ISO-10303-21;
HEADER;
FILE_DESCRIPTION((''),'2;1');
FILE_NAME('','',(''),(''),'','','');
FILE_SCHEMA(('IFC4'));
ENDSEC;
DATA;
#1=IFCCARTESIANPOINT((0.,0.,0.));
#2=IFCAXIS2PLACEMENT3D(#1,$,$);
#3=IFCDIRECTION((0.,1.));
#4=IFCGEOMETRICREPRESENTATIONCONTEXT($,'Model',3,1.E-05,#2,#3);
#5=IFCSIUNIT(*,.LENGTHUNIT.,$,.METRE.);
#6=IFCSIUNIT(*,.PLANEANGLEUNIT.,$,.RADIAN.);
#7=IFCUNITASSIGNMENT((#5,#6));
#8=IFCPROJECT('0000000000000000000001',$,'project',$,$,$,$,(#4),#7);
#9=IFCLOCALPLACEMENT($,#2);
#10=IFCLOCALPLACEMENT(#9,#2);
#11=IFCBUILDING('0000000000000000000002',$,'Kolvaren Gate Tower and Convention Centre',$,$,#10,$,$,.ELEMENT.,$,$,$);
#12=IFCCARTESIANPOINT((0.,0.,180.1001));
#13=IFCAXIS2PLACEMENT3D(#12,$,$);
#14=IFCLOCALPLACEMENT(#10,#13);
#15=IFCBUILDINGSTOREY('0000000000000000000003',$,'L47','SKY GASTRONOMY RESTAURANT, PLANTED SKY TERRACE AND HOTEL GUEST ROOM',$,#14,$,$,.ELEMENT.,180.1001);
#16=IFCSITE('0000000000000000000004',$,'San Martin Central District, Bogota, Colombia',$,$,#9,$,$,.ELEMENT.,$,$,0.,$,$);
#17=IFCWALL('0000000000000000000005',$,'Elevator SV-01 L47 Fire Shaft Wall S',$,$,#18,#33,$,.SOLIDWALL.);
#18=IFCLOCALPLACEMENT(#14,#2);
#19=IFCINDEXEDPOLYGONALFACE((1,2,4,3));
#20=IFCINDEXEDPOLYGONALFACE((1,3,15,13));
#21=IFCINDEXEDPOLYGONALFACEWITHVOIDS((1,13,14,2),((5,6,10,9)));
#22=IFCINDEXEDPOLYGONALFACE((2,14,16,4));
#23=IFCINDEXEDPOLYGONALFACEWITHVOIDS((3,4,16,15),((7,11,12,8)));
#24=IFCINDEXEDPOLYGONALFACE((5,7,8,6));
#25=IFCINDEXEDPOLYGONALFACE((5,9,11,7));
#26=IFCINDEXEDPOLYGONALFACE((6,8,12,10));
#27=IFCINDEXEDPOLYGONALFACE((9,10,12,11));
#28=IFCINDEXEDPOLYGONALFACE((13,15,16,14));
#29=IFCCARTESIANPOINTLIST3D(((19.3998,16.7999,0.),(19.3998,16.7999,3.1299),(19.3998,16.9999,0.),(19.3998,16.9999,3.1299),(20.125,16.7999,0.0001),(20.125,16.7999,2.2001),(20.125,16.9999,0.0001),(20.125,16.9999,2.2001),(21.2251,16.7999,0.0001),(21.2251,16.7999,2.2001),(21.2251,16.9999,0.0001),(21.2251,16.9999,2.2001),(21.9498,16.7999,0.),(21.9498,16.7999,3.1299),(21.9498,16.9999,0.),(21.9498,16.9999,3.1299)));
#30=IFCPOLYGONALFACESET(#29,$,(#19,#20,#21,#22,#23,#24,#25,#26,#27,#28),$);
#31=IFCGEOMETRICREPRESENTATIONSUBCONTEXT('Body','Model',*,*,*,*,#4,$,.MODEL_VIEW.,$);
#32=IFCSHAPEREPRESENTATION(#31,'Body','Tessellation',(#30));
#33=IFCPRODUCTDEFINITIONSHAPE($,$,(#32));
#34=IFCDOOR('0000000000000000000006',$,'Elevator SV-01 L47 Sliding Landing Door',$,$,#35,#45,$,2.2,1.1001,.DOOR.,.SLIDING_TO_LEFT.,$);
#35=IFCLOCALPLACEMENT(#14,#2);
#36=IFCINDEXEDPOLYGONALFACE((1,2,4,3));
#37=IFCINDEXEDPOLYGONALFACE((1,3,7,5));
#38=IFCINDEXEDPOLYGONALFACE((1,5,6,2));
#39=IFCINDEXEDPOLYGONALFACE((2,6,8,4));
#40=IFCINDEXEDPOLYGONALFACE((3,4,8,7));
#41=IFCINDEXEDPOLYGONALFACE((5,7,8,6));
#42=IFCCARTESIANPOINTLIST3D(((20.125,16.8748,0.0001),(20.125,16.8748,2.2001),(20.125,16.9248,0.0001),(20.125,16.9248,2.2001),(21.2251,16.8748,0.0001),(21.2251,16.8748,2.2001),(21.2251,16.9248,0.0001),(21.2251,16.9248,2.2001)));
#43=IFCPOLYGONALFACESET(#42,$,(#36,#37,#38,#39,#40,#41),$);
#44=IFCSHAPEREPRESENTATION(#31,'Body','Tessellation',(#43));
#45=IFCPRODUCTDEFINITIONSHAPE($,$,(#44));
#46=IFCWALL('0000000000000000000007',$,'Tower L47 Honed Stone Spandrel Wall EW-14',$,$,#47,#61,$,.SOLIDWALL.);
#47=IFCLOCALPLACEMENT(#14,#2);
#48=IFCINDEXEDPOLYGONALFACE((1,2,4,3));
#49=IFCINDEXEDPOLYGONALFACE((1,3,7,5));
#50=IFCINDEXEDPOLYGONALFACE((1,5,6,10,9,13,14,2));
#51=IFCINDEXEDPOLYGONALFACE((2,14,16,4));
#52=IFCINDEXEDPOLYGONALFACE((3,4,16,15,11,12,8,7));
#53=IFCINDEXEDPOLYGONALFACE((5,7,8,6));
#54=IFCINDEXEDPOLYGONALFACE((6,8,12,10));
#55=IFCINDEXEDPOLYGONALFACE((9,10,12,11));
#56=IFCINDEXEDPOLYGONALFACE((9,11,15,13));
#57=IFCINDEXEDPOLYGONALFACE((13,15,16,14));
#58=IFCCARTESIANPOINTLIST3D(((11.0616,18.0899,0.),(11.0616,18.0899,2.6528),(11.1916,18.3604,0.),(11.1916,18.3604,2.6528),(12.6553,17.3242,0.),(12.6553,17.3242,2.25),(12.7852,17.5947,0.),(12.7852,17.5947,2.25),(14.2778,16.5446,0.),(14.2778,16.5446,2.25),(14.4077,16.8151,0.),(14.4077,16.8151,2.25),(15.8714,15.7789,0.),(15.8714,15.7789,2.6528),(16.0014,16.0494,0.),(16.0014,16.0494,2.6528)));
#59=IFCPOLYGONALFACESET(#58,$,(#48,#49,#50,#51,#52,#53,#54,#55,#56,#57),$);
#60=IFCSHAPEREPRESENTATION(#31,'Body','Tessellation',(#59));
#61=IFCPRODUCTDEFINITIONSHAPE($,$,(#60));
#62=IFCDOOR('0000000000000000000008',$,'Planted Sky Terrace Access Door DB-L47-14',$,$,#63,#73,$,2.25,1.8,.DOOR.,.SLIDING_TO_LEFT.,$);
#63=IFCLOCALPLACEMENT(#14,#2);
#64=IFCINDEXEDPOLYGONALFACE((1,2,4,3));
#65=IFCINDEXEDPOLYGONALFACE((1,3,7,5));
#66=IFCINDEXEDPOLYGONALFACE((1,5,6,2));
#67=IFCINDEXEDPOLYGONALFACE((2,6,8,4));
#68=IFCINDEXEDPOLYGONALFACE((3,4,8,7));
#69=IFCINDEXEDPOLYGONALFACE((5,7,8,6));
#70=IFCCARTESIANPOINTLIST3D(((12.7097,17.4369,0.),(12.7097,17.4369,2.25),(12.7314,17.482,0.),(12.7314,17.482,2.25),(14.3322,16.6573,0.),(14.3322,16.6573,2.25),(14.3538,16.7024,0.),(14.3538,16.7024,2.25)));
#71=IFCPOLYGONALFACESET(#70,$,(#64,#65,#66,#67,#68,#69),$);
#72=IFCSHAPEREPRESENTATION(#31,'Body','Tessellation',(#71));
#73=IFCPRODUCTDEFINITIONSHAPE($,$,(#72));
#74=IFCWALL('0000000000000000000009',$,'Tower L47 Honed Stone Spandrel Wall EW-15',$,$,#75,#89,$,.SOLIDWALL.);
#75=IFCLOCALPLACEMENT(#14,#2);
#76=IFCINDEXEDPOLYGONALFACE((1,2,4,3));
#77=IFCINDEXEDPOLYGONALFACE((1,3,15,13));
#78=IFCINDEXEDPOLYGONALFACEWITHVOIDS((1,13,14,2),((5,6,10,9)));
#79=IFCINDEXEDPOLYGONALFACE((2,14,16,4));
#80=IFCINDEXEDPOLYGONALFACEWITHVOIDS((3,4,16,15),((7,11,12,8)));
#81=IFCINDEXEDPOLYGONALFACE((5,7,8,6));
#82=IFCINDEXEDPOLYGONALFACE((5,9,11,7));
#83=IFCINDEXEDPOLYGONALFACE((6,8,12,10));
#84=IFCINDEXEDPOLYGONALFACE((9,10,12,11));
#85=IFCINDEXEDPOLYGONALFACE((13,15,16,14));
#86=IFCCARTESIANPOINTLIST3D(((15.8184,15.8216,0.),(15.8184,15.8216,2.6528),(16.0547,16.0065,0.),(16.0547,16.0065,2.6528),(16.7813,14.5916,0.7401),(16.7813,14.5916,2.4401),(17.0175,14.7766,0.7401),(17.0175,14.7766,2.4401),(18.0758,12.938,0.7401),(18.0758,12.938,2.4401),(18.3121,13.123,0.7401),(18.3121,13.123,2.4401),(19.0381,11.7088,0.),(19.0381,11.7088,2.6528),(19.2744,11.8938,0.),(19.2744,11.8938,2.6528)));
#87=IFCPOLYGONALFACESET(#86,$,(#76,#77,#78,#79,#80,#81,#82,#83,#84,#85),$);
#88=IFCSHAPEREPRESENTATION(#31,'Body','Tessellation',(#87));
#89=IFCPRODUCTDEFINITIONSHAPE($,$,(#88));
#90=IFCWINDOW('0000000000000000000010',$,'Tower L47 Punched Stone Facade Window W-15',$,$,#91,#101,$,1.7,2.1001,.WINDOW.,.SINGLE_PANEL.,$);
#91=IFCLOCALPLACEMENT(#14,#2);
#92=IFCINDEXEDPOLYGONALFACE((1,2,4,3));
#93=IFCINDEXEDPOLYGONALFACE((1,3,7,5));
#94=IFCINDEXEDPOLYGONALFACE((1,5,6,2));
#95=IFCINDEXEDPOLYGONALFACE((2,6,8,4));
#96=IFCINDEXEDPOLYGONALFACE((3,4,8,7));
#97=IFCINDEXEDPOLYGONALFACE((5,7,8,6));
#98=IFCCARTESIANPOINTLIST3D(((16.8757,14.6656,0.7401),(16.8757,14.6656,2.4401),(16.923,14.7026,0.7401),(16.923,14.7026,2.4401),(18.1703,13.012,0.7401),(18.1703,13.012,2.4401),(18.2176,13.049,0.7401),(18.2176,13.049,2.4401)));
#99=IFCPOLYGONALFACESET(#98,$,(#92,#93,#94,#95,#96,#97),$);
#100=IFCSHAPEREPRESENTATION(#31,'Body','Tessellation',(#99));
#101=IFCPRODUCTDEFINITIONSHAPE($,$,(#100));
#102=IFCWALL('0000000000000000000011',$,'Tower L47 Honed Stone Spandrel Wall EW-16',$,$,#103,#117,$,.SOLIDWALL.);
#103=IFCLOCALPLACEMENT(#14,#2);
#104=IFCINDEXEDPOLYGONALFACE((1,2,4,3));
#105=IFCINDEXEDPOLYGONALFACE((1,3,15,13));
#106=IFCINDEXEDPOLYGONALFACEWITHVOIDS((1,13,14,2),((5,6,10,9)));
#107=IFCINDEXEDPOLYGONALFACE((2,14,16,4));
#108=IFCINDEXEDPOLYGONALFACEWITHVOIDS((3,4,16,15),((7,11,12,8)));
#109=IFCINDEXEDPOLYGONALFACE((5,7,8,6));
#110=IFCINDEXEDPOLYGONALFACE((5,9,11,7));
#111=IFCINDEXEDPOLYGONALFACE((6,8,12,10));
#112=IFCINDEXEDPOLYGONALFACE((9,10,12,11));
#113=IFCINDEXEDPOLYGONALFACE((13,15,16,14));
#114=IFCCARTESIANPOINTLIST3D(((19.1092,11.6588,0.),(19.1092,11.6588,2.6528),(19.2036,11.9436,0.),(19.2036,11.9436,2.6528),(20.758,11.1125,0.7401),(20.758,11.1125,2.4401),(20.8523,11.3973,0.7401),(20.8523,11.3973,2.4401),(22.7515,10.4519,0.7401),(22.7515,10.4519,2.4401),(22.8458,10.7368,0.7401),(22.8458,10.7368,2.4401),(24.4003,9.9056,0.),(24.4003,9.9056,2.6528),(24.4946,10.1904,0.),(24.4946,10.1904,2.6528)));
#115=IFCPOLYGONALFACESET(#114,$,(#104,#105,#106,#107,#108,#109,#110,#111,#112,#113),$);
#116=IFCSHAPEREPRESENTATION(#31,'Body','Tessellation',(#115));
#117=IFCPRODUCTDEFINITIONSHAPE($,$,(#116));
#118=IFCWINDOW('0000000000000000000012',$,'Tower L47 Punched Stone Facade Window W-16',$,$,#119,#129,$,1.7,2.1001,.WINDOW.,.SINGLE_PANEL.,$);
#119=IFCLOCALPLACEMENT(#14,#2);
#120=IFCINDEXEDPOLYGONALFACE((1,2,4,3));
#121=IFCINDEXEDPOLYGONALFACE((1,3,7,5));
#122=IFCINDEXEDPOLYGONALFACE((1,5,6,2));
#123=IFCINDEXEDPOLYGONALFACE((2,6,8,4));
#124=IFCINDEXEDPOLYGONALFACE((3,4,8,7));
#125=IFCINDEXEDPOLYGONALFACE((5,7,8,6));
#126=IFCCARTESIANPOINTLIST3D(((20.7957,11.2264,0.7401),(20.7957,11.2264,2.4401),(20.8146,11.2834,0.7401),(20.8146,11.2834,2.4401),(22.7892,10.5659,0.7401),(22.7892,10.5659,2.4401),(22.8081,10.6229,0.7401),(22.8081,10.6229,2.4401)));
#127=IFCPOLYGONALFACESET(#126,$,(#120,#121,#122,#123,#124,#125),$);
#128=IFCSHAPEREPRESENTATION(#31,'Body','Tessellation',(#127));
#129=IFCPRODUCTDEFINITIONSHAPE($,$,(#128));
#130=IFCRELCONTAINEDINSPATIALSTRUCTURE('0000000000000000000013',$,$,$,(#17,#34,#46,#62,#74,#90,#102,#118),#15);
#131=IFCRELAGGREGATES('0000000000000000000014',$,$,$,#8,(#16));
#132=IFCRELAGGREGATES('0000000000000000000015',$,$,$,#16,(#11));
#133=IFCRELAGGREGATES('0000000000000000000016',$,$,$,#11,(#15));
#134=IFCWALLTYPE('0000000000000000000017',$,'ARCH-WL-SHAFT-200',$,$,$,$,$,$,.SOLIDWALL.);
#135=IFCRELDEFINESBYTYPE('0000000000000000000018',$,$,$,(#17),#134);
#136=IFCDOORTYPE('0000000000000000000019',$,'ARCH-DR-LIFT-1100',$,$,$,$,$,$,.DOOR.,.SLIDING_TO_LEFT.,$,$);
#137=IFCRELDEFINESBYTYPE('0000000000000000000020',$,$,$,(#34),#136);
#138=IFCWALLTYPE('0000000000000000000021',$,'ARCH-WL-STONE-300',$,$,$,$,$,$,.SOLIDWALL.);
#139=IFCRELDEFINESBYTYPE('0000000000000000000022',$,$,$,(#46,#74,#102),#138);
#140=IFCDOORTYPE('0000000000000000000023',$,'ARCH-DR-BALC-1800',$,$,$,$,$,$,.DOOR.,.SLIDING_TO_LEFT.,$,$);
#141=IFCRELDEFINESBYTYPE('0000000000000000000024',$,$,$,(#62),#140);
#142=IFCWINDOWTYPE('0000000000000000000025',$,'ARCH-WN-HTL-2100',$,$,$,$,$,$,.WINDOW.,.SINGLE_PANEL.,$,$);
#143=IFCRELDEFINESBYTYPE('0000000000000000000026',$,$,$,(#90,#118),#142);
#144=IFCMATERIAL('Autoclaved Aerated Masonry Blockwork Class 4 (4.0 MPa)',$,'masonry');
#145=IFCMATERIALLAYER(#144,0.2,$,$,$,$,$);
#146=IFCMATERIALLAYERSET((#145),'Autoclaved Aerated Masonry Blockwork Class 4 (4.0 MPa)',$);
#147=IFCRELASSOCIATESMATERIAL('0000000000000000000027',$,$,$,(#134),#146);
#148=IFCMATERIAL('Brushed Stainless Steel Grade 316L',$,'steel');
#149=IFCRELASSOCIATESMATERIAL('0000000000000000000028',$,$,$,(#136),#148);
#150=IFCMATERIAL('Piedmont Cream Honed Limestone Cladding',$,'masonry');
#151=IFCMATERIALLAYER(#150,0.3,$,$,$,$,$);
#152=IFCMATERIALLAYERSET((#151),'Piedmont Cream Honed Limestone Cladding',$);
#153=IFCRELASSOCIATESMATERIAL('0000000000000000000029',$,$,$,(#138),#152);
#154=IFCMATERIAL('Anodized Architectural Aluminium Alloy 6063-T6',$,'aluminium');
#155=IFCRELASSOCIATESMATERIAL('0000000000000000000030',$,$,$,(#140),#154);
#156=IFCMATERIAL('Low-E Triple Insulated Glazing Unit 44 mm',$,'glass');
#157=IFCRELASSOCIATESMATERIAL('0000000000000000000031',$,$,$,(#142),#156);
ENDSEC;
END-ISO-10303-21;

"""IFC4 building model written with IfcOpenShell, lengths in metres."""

from ifc_helpers import new_model, si_unit, direction, frame, frame_2d, origin, place, context, subcontext, project, spatial, rectangle, extrude, material, layer, layer_set, type_object, element, fill, save


model = new_model("IFC4")

# Units and contexts
model_context = context("Model", 3, precision=1e-05, world=origin(), true_north=direction((0.0, 1.0)))
body_context = subcontext(model_context, "Body", "Model", "MODEL_VIEW")
ifc_project = project(units=[si_unit("LENGTHUNIT", "METRE"), si_unit("PLANEANGLEUNIT", "RADIAN")], contexts=[model_context])

# Site, building, storey
site_placement = place(None, origin())
site = spatial("IfcSite", under=ifc_project, at=site_placement, Name="San Martin Central District, Bogota, Colombia", CompositionType="ELEMENT", RefElevation=0.0)
building_placement = place(site_placement, origin())
building = spatial("IfcBuilding", under=site, at=building_placement, Name="Kolvaren Gate Tower and Convention Centre", CompositionType="ELEMENT")
storey_placement = place(building_placement, frame((0.0, 0.0, 180.1001)))
storey = spatial("IfcBuildingStorey", under=building, at=storey_placement, Name="L47", Description="SKY GASTRONOMY RESTAURANT, PLANTED SKY TERRACE AND HOTEL GUEST ROOM", CompositionType="ELEMENT", Elevation=180.1001)

# Shared definitions
ifc_material_1 = material(Name="Piedmont Cream Honed Limestone Cladding", Category="masonry")

# Walls, openings, doors
ifc_material_2 = material(Name="Autoclaved Aerated Masonry Blockwork Class 4 (4.0 MPa)", Category="masonry")
ifc_layer_1 = layer(ifc_material_2, 0.2)
ifc_layer_set_1 = layer_set([ifc_layer_1], Name="Autoclaved Aerated Masonry Blockwork Class 4 (4.0 MPa)")
wall_type_1 = type_object("IfcWallType", Name="ARCH-WL-SHAFT-200", PredefinedType="SOLIDWALL", material=ifc_layer_set_1)
wall_1_placement = place(storey_placement, frame((19.3999, 16.8999, 0.0), z_axis=(0.0, 0.0, 1.0), x_axis=(1.0, 0.0, 0.0)))
wall_1 = element("IfcWall", 1, at=wall_1_placement, inside=storey, type_object=wall_type_1, Name="Elevator SV-01 L47 Fire Shaft Wall S", PredefinedType="SOLIDWALL", context=body_context, shape_type="SweptSolid", body=[
    extrude(rectangle(XDim=2.55, YDim=0.2, at=frame_2d((1.2749, 0.0))), origin(), (0.0, 0.0, 1.0), 3.1299),
])
opening_1_placement = place(wall_1_placement, frame((0.7251, 0.0, 0.0)))
opening_1 = element("IfcOpeningElement", 2, at=opening_1_placement, cuts=wall_1, PredefinedType="OPENING", context=body_context, shape_type="SweptSolid", body=[
    extrude(rectangle(XDim=1.1001, YDim=2.2, at=frame_2d((0.55, 1.1001))), frame((0.0, 0.1099, 0.0), z_axis=(0.0, -1.0, 0.0), x_axis=(1.0, 0.0, 0.0)), (0.0, 0.0, 1.0), 0.22),
])
ifc_material_3 = material(Name="Brushed Stainless Steel Grade 316L", Category="steel")
door_type_1 = type_object("IfcDoorType", Name="ARCH-DR-LIFT-1100", OperationType="SLIDING_TO_LEFT", PredefinedType="DOOR", material=ifc_material_3)
door_1_placement = place(opening_1_placement, origin())
door_1 = element("IfcDoor", 3, at=door_1_placement, inside=storey, type_object=door_type_1, Name="Elevator SV-01 L47 Sliding Landing Door", OperationType="SLIDING_TO_LEFT", OverallHeight=2.2, OverallWidth=1.1001, PredefinedType="DOOR", context=body_context, shape_type="SweptSolid", body=[
    extrude(rectangle(XDim=1.1001, YDim=2.2, at=frame_2d((0.55, 1.1001))), frame((0.0, 0.0249, 0.0), z_axis=(0.0, -1.0, 0.0), x_axis=(1.0, 0.0, 0.0)), (0.0, 0.0, 1.0), 0.05),
])
fill(opening_1, door_1)
ifc_layer_2 = layer(ifc_material_1, 0.3)
ifc_layer_set_2 = layer_set([ifc_layer_2], Name="Piedmont Cream Honed Limestone Cladding")
wall_type_2 = type_object("IfcWallType", Name="ARCH-WL-STONE-300", PredefinedType="SOLIDWALL", material=ifc_layer_set_2)
wall_2_placement = place(storey_placement, frame((11.1267, 18.2251, 0.0), z_axis=(0.0, 0.0, 1.0), x_axis=(0.901353, -0.433085, 0.0)))
wall_2 = element("IfcWall", 4, at=wall_2_placement, inside=storey, type_object=wall_type_2, Name="Tower L47 Honed Stone Spandrel Wall EW-14", PredefinedType="SOLIDWALL", context=body_context, shape_type="SweptSolid", body=[
    extrude(rectangle(XDim=5.3362, YDim=0.3, at=frame_2d((2.668, 0.0))), origin(), (0.0, 0.0, 1.0), 2.6528),
])
opening_2_placement = place(wall_2_placement, frame((1.7681, 0.0, 0.0)))
opening_2 = element("IfcOpeningElement", 5, at=opening_2_placement, cuts=wall_2, PredefinedType="OPENING", context=body_context, shape_type="SweptSolid", body=[
    extrude(rectangle(XDim=1.8, YDim=2.25, at=frame_2d((0.8999, 1.125))), frame((0.0, 0.1599, 0.0), z_axis=(0.0, -1.0, 0.0), x_axis=(1.0, 0.0, 0.0)), (0.0, 0.0, 1.0), 0.3201),
])
ifc_material_4 = material(Name="Anodized Architectural Aluminium Alloy 6063-T6", Category="aluminium")
door_type_2 = type_object("IfcDoorType", Name="ARCH-DR-BALC-1800", OperationType="SLIDING_TO_LEFT", PredefinedType="DOOR", material=ifc_material_4)
door_2_placement = place(opening_2_placement, frame((1.8, 0.0, 0.0), z_axis=(0.0, 0.0, 1.0), x_axis=(-1.0, 0.0, 0.0)))
door_2 = element("IfcDoor", 6, at=door_2_placement, inside=storey, type_object=door_type_2, Name="Planted Sky Terrace Access Door DB-L47-14", OperationType="SLIDING_TO_LEFT", OverallHeight=2.25, OverallWidth=1.8, PredefinedType="DOOR", context=body_context, shape_type="SweptSolid", body=[
    extrude(rectangle(XDim=1.8, YDim=2.25, at=frame_2d((0.8999, 1.125))), frame((0.0, 0.0249, 0.0), z_axis=(0.0, -1.0, 0.0), x_axis=(1.0, 0.0, 0.0)), (0.0, 0.0, 1.0), 0.05),
])
fill(opening_2, door_2)

# Walls, openings, windows
wall_3_placement = place(storey_placement, frame((15.9365, 15.9141, 0.0), z_axis=(0.0, 0.0, 1.0), x_axis=(0.616429, -0.78741, 0.0)))
wall_3 = element("IfcWall", 7, at=wall_3_placement, inside=storey, type_object=wall_type_2, Name="Tower L47 Honed Stone Spandrel Wall EW-15", PredefinedType="SOLIDWALL", context=body_context, shape_type="SweptSolid", body=[
    extrude(rectangle(XDim=5.2231, YDim=0.3, at=frame_2d((2.6116, 0.0))), origin(), (0.0, 0.0, 1.0), 2.6528),
])
opening_3_placement = place(wall_3_placement, frame((1.562, 0.0, 0.74)))
opening_3 = element("IfcOpeningElement", 8, at=opening_3_placement, cuts=wall_3, PredefinedType="OPENING", context=body_context, shape_type="SweptSolid", body=[
    extrude(rectangle(XDim=2.1001, YDim=1.7, at=frame_2d((1.05, 0.8501))), frame((0.0, 0.1599, 0.0), z_axis=(0.0, -1.0, 0.0), x_axis=(1.0, 0.0, 0.0)), (0.0, 0.0, 1.0), 0.3201),
])
ifc_material_5 = material(Name="Low-E Triple Insulated Glazing Unit 44 mm", Category="glass")
window_type = type_object("IfcWindowType", Name="ARCH-WN-HTL-2100", PartitioningType="SINGLE_PANEL", PredefinedType="WINDOW", material=ifc_material_5)
window_1_placement = place(opening_3_placement, origin())
window_1 = element("IfcWindow", 9, at=window_1_placement, inside=storey, type_object=window_type, Name="Tower L47 Punched Stone Facade Window W-15", OverallHeight=1.7, OverallWidth=2.1001, PartitioningType="SINGLE_PANEL", PredefinedType="WINDOW", context=body_context, shape_type="SweptSolid", body=[
    extrude(rectangle(XDim=2.1001, YDim=1.7, at=frame_2d((1.05, 0.8501))), frame((0.0, 0.03, 0.0), z_axis=(0.0, -1.0, 0.0), x_axis=(1.0, 0.0, 0.0)), (0.0, 0.0, 1.0), 0.0601),
])
fill(opening_3, window_1)
wall_4_placement = place(storey_placement, frame((19.1562, 11.8013, 0.0), z_axis=(0.0, 0.0, 1.0), x_axis=(0.949247, -0.314532, 0.0)))
wall_4 = element("IfcWall", 10, at=wall_4_placement, inside=storey, type_object=wall_type_2, Name="Tower L47 Honed Stone Spandrel Wall EW-16", PredefinedType="SOLIDWALL", context=body_context, shape_type="SweptSolid", body=[
    extrude(rectangle(XDim=5.574, YDim=0.3, at=frame_2d((2.7871, 0.0))), origin(), (0.0, 0.0, 1.0), 2.6528),
])
opening_4_placement = place(wall_4_placement, frame((1.7371, 0.0, 0.74)))
opening_4 = element("IfcOpeningElement", 11, at=opening_4_placement, cuts=wall_4, PredefinedType="OPENING", context=body_context, shape_type="SweptSolid", body=[
    extrude(rectangle(XDim=2.1001, YDim=1.7, at=frame_2d((1.05, 0.8501))), frame((0.0, 0.1599, 0.0), z_axis=(0.0, -1.0, 0.0), x_axis=(1.0, 0.0, 0.0)), (0.0, 0.0, 1.0), 0.3201),
])
window_2_placement = place(opening_4_placement, origin())
window_2 = element("IfcWindow", 12, at=window_2_placement, inside=storey, type_object=window_type, Name="Tower L47 Punched Stone Facade Window W-16", OverallHeight=1.7, OverallWidth=2.1001, PartitioningType="SINGLE_PANEL", PredefinedType="WINDOW", context=body_context, shape_type="SweptSolid", body=[
    extrude(rectangle(XDim=2.1001, YDim=1.7, at=frame_2d((1.05, 0.8501))), frame((0.0, 0.03, 0.0), z_axis=(0.0, -1.0, 0.0), x_axis=(1.0, 0.0, 0.0)), (0.0, 0.0, 1.0), 0.0601),
])
fill(opening_4, window_2)

save(model, "model.ifc")
